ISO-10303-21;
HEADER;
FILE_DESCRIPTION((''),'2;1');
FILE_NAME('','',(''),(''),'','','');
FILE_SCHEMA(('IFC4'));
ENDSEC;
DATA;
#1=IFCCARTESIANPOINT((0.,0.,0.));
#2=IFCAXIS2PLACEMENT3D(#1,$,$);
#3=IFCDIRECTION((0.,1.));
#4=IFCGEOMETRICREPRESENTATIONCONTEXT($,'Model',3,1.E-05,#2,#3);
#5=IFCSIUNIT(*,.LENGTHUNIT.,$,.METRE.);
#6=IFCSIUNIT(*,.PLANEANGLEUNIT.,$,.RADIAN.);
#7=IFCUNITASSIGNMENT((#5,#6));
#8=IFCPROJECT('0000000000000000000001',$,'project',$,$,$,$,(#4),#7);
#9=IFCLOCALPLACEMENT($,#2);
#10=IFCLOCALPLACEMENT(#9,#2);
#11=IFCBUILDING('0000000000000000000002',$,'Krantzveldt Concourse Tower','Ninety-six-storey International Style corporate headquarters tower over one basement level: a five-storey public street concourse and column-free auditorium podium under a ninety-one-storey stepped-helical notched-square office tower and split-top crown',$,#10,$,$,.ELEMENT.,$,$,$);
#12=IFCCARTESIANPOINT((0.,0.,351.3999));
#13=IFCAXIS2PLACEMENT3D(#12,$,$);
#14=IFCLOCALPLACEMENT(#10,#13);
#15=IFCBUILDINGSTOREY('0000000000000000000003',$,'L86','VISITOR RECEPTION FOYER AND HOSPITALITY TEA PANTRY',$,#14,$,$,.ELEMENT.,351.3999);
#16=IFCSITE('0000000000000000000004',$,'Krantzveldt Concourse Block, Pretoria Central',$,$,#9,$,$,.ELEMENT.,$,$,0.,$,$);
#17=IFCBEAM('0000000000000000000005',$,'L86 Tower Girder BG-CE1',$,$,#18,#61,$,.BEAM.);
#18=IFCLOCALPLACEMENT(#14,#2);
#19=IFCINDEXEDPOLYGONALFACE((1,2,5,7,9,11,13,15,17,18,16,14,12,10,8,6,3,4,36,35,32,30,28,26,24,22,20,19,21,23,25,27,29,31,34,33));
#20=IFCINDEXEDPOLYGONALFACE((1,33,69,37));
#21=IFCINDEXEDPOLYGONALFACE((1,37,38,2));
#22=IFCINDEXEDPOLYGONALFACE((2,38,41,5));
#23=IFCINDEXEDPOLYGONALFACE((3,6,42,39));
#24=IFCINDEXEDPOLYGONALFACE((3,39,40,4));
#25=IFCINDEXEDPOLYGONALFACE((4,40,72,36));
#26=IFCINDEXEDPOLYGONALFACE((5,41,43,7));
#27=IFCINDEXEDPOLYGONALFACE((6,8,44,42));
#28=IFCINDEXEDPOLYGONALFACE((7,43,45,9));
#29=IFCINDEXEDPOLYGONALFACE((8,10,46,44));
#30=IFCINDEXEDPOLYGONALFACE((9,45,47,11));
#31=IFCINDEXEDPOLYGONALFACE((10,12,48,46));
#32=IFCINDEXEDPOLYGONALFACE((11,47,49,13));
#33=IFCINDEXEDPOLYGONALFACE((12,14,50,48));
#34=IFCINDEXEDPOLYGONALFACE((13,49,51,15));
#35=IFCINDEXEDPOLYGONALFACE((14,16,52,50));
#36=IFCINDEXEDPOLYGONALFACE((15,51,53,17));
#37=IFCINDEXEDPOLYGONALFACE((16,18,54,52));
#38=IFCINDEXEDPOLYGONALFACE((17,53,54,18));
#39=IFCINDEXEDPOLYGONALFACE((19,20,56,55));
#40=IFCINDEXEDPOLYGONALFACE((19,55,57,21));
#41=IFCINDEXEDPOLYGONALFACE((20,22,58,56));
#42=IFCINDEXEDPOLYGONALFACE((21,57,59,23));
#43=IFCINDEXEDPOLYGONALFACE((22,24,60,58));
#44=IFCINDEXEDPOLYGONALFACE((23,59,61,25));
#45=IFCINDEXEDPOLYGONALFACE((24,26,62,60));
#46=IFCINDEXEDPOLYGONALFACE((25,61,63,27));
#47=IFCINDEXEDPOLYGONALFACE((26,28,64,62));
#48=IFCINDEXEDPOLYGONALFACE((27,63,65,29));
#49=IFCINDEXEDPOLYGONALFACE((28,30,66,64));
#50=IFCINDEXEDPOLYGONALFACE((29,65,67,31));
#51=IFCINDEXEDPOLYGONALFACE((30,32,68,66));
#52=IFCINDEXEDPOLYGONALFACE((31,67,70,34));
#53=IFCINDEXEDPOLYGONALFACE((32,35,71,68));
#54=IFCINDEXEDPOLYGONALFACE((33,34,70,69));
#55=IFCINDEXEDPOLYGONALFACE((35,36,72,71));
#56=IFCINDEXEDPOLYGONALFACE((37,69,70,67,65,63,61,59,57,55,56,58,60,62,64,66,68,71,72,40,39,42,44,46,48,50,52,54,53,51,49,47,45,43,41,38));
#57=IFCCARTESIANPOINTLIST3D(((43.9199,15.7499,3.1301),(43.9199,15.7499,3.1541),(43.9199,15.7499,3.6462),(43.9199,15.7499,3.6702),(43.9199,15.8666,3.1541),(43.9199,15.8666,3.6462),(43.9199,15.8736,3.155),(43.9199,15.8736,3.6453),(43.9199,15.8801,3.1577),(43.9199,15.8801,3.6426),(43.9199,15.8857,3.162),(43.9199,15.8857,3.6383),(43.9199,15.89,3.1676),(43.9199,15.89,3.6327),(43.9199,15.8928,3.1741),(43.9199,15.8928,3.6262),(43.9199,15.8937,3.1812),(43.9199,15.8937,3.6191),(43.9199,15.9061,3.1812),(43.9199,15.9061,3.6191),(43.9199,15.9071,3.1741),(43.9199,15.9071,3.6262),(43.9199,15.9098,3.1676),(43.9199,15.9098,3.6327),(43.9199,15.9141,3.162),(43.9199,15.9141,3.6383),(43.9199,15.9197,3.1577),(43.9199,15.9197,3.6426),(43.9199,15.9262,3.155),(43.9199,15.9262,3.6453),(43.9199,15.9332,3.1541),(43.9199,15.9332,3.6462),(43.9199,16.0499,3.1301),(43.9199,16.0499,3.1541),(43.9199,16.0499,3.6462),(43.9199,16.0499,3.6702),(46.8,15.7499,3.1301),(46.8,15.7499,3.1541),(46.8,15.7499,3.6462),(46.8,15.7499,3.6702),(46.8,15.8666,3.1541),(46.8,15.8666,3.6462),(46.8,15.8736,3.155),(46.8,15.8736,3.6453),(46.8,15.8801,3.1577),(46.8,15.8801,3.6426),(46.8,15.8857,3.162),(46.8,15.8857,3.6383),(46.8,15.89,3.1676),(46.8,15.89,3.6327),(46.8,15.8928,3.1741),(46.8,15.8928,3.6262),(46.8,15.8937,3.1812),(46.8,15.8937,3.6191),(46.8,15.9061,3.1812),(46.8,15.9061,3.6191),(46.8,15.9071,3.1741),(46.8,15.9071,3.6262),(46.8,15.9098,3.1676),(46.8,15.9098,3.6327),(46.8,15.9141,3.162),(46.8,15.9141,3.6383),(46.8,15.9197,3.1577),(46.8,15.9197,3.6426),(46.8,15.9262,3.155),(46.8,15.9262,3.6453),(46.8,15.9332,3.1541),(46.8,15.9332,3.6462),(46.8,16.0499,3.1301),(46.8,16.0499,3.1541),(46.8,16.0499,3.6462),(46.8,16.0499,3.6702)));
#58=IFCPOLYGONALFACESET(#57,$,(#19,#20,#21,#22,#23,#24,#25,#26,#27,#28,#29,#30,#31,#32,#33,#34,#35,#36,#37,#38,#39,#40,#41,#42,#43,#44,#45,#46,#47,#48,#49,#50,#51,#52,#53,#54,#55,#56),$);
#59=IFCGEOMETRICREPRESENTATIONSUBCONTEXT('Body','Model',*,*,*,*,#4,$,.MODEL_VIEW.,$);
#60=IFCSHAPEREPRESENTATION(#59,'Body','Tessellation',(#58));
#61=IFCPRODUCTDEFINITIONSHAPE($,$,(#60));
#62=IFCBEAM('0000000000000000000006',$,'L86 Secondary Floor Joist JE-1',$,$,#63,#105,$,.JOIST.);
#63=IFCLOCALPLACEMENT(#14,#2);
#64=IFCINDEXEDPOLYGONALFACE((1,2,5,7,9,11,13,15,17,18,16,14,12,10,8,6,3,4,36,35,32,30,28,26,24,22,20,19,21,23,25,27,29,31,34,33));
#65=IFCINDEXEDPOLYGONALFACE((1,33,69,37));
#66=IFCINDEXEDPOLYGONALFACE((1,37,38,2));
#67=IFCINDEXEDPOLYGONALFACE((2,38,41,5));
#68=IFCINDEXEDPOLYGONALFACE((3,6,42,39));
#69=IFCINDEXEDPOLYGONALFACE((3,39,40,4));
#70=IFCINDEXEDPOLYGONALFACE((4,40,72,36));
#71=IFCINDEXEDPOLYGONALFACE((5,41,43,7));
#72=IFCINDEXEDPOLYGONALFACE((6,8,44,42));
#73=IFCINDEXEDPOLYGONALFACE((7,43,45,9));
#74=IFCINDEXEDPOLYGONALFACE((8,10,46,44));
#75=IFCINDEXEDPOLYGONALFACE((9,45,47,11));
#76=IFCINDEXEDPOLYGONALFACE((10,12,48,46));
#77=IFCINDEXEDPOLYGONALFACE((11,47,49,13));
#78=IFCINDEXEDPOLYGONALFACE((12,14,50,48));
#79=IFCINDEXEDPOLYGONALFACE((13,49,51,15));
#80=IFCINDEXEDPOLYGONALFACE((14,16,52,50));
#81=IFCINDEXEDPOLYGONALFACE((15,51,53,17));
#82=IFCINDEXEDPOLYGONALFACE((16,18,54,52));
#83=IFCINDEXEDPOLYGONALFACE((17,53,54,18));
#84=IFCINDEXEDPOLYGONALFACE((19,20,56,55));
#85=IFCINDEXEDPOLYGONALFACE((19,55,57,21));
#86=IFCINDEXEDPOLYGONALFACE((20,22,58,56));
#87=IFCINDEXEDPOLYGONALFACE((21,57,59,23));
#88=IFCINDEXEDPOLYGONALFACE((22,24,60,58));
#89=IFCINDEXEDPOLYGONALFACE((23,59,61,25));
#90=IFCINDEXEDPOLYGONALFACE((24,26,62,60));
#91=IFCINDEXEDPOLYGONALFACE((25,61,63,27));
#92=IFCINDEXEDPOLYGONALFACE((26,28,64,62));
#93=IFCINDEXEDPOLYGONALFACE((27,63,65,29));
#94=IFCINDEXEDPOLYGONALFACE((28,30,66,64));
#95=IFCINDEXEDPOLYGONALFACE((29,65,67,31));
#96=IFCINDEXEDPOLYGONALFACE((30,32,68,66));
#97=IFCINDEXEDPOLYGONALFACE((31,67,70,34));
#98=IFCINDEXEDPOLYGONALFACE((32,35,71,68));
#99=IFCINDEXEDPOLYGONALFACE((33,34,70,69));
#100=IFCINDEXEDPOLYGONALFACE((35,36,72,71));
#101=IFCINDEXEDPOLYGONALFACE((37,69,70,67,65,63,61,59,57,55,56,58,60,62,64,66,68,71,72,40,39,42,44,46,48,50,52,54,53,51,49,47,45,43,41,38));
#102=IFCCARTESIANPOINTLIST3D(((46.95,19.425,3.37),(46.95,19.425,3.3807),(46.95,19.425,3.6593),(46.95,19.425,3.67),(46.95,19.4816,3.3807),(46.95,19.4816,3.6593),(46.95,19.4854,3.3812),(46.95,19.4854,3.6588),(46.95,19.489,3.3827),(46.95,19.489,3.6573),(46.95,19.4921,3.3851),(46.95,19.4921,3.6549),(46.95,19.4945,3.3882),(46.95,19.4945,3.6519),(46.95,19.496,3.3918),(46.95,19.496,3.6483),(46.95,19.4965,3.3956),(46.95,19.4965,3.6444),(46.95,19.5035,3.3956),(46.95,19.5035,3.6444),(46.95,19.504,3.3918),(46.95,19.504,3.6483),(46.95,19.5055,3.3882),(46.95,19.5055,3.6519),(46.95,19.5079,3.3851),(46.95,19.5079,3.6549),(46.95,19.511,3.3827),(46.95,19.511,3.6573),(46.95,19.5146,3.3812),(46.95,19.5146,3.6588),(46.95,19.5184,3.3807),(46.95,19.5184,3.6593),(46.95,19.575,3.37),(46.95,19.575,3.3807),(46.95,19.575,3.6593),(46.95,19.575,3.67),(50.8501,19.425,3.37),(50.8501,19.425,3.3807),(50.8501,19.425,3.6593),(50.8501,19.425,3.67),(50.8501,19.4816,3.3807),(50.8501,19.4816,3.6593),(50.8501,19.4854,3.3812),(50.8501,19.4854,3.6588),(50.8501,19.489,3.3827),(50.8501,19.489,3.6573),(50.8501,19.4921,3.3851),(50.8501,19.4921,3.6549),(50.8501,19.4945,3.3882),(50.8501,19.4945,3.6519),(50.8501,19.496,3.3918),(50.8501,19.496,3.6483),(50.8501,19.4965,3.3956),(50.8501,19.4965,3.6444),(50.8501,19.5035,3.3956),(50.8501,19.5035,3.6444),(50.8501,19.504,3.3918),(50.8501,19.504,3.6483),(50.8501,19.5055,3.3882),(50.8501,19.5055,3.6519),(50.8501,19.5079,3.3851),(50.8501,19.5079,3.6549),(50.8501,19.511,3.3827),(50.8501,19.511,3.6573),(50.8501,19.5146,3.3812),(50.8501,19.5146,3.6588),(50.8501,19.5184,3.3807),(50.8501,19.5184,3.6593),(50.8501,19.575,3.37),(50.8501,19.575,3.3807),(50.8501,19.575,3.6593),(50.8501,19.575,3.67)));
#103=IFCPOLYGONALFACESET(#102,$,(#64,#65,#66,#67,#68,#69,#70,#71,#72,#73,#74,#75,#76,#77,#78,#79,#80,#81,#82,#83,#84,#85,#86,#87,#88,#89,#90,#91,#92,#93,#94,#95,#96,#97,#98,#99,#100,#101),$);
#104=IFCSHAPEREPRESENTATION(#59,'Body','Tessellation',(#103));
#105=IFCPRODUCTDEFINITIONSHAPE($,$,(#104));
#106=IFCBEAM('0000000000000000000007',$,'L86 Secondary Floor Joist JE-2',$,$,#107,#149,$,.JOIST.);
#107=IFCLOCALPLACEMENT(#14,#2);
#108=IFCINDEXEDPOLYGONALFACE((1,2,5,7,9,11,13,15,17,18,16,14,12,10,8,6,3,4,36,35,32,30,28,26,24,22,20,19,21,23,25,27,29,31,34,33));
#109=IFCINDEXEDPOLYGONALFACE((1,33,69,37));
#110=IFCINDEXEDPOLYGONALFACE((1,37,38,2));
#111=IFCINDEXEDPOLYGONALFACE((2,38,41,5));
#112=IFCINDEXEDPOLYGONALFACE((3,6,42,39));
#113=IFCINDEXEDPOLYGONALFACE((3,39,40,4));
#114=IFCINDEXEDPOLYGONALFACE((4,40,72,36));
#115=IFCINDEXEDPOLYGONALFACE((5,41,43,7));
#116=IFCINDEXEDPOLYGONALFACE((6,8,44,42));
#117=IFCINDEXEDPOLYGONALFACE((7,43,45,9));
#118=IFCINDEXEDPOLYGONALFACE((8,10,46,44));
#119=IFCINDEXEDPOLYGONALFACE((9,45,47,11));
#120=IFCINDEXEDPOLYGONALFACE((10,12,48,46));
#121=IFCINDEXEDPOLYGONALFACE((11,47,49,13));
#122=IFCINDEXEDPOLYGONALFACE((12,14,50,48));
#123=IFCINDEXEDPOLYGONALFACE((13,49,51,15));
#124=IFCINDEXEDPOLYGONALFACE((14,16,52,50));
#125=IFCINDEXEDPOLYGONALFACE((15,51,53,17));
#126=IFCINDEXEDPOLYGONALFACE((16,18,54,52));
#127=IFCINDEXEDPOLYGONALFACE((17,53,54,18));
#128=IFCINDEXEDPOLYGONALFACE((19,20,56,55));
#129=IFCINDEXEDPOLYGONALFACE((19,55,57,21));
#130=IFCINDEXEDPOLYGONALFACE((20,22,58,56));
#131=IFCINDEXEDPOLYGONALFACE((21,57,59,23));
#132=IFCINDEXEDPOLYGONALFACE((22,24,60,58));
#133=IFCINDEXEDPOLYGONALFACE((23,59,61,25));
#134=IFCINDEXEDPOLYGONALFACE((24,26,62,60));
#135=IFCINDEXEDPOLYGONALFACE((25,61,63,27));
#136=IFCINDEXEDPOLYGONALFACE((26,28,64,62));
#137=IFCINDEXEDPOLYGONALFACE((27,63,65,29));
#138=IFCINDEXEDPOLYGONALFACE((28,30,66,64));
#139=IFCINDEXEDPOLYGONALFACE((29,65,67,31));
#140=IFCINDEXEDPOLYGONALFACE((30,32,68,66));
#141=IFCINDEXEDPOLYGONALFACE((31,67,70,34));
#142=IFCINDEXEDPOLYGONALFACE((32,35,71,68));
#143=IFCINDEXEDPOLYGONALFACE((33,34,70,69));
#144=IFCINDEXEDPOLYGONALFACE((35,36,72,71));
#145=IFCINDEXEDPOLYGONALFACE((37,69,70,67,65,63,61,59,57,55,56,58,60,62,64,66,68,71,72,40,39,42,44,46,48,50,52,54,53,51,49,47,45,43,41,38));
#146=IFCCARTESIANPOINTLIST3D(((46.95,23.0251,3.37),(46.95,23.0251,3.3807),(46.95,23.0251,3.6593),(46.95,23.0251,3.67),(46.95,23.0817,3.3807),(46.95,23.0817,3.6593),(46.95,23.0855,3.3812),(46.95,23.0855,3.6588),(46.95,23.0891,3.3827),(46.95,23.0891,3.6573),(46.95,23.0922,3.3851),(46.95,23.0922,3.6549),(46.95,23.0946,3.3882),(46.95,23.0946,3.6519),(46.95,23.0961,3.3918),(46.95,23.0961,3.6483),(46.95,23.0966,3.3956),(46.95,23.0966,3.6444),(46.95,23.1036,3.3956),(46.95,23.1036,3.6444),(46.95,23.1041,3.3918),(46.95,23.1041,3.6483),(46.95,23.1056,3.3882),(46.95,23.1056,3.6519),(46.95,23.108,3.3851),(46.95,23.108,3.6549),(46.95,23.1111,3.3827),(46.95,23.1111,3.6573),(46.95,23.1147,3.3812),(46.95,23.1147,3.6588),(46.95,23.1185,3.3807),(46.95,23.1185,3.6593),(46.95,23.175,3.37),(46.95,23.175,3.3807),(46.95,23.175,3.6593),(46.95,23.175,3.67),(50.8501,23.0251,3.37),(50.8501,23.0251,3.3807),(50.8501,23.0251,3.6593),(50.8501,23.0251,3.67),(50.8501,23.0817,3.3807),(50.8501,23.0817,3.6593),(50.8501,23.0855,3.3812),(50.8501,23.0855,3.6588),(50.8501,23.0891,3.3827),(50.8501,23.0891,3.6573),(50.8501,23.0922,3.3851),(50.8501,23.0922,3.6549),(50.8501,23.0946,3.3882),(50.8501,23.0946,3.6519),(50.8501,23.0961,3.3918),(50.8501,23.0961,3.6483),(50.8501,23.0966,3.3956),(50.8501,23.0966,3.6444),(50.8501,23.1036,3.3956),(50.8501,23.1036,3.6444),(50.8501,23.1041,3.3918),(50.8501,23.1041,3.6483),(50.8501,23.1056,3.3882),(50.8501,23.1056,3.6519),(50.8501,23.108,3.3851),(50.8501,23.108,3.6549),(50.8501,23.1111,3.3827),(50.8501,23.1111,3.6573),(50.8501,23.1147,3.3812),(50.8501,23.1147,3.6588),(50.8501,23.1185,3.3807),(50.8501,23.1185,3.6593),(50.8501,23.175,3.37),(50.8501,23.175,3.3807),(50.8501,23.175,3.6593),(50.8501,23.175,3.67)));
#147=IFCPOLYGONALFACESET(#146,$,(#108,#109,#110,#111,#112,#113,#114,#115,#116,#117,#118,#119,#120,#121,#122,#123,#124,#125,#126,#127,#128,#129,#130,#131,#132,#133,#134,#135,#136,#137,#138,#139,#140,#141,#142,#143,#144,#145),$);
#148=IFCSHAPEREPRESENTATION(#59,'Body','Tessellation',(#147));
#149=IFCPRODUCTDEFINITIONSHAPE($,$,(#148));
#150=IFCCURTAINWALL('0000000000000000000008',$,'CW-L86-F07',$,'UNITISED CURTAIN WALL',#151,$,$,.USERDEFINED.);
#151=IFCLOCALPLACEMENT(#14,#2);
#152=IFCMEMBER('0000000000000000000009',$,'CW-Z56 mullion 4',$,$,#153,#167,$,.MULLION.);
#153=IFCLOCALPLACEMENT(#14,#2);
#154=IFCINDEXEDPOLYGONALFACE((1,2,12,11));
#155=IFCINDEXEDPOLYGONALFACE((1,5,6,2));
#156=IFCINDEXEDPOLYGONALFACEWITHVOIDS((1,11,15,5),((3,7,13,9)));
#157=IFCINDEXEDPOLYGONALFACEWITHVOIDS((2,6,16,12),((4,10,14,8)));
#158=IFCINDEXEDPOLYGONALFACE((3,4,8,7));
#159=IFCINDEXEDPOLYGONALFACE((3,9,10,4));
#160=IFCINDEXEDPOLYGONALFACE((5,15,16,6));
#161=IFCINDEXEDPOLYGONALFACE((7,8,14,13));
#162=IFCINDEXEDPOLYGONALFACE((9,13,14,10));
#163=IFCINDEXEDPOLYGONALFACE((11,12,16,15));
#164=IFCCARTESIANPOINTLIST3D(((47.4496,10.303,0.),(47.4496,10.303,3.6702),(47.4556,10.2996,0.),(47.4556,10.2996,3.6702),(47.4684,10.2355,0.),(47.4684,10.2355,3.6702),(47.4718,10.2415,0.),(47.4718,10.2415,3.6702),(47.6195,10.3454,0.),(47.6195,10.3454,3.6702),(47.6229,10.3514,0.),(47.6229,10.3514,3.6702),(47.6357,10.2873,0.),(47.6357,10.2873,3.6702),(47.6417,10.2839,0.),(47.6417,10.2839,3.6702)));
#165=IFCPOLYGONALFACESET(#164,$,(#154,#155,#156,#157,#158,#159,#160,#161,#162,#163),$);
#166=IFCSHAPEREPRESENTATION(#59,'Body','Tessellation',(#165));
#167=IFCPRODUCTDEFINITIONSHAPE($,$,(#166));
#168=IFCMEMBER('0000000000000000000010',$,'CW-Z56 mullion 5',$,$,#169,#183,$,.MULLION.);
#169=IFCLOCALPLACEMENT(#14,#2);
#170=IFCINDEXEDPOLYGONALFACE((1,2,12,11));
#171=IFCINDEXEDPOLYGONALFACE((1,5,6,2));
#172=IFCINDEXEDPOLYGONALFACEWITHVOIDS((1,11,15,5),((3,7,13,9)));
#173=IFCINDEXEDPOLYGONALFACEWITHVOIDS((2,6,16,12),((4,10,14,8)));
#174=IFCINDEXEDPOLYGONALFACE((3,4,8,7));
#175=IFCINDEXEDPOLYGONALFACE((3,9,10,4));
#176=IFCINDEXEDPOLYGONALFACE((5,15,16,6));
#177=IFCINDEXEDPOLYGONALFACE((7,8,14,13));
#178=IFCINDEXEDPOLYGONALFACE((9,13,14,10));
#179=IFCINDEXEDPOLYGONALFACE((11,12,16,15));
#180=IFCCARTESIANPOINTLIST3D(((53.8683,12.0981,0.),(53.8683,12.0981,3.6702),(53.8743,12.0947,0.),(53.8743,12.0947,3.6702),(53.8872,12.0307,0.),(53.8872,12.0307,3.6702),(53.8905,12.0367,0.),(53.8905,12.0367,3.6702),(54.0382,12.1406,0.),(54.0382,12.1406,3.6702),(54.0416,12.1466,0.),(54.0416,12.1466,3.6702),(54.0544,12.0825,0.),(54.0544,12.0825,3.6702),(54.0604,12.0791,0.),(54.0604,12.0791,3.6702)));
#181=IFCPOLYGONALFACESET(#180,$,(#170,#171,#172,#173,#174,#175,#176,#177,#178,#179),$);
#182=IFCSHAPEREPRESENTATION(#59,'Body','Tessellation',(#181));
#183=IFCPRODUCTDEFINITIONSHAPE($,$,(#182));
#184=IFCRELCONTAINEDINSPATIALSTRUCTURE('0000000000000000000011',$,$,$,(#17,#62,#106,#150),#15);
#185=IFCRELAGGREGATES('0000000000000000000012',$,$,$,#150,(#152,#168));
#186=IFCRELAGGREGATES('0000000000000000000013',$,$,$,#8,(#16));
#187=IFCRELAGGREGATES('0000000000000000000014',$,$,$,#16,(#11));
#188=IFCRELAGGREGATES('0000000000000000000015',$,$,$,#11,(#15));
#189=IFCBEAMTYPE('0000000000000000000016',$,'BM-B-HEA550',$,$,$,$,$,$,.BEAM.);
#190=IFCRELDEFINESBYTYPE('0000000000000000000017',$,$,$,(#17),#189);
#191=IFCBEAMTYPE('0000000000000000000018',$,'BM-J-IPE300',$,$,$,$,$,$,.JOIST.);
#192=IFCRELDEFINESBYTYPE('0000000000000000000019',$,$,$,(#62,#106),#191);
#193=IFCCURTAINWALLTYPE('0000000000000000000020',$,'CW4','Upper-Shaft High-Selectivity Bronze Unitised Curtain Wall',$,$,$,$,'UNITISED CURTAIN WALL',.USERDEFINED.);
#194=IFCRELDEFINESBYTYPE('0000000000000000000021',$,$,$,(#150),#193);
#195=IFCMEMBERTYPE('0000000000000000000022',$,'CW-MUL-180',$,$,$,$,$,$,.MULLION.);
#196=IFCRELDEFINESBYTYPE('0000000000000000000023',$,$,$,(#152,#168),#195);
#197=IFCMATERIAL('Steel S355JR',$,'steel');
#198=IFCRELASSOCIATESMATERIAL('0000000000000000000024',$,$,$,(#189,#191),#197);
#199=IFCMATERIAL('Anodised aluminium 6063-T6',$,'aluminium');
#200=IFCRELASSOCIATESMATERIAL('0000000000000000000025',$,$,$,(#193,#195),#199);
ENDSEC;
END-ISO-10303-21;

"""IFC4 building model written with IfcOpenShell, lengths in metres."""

from ifc_helpers import new_model, si_unit, direction, frame, origin, origin_2d, place, context, subcontext, project, spatial, hollow_rectangle, i_section, extrude, source, transform, mapped, material, material_profile, profile_set, type_object, type_shapes, element, aggregate, save


model = new_model("IFC4")

# Units and contexts
model_context = context("Model", 3, precision=1e-05, world=origin(), true_north=direction((0.0, 1.0)))
body_context = subcontext(model_context, "Body", "Model", "MODEL_VIEW")
ifc_project = project(units=[si_unit("LENGTHUNIT", "METRE"), si_unit("PLANEANGLEUNIT", "RADIAN")], contexts=[model_context])

# Site, building, storey
site_placement = place(None, origin())
site = spatial("IfcSite", under=ifc_project, at=site_placement, Name="Krantzveldt Concourse Block, Pretoria Central", CompositionType="ELEMENT", RefElevation=0.0)
building_placement = place(site_placement, origin())
building = spatial("IfcBuilding", under=site, at=building_placement, Name="Krantzveldt Concourse Tower", Description="Ninety-six-storey International Style corporate headquarters tower over one basement level: a five-storey public street concourse and column-free auditorium podium under a ninety-one-storey stepped-helical notched-square office tower and split-top crown", CompositionType="ELEMENT")
storey_placement = place(building_placement, frame((0.0, 0.0, 351.3999)))
storey = spatial("IfcBuildingStorey", under=building, at=storey_placement, Name="L86", Description="VISITOR RECEPTION FOYER AND HOSPITALITY TEA PANTRY", CompositionType="ELEMENT", Elevation=351.3999)

# Beams
ifc_material_1 = material(Name="Steel S355JR", Category="steel")
ifc_material_profile_1 = material_profile(ifc_material_1, i_section(OverallWidth=0.3, OverallDepth=0.54, WebThickness=0.0125, FlangeThickness=0.0239, FilletRadius=0.0271, at=origin_2d()), Name="Steel S355JR", Category="steel")
ifc_profile_set_1 = profile_set([ifc_material_profile_1], Name="Steel S355JR - HEA 550")
beam_type_1 = type_object("IfcBeamType", Name="BM-B-HEA550", PredefinedType="BEAM", material=ifc_profile_set_1)
shared_shape_1 = source(origin(), body_context, "Body", "SweptSolid", [
    extrude(i_section(OverallWidth=0.3, OverallDepth=0.54, WebThickness=0.0125, FlangeThickness=0.0239, FilletRadius=0.0271, at=origin_2d()), origin(), (0.0, 0.0, 1.0), 2.8801),
])
beam_1_placement = place(storey_placement, frame((43.9199, 15.8999, 3.4001), z_axis=(1.0, 0.0, 0.0), x_axis=(0.0, 1.0, 0.0)))
element("IfcBeam", 1, at=beam_1_placement, inside=storey, type_object=beam_type_1, Name="L86 Tower Girder BG-CE1", PredefinedType="BEAM", context=body_context, shape_type="MappedRepresentation", body=[
    mapped(shared_shape_1, transform((0.0, 0.0, 0.0), x_axis=(1.0, 0.0, 0.0), y_axis=(0.0, 1.0, 0.0), z_axis=(0.0, 0.0, 1.0), scale=1.0)),
])
ifc_material_profile_2 = material_profile(ifc_material_1, i_section(OverallWidth=0.1499, OverallDepth=0.3, WebThickness=0.0071, FlangeThickness=0.0107, FilletRadius=0.0149, at=origin_2d()), Name="Steel S355JR", Category="steel")
ifc_profile_set_2 = profile_set([ifc_material_profile_2], Name="Steel S355JR - IPE 300")
beam_type_2 = type_object("IfcBeamType", Name="BM-J-IPE300", PredefinedType="JOIST", material=ifc_profile_set_2)
shared_shape_2 = source(origin(), body_context, "Body", "SweptSolid", [
    extrude(i_section(OverallWidth=0.1499, OverallDepth=0.3, WebThickness=0.0071, FlangeThickness=0.0107, FilletRadius=0.0149, at=origin_2d()), origin(), (0.0, 0.0, 1.0), 3.9001),
])
type_shapes(beam_type_2, [shared_shape_2])
for number, where, z_axis, x_axis, name in (
    (2, (46.95, 19.5, 3.52), (1.0, 0.0, 0.0), (0.0, 1.0, 0.0), "L86 Secondary Floor Joist JE-1"),
    (3, (46.95, 23.1001, 3.52), (1.0, 0.0, 0.0), (0.0, 1.0, 0.0), "L86 Secondary Floor Joist JE-2"),
):
    element("IfcBeam", number, at=place(storey_placement, frame(where, z_axis=z_axis, x_axis=x_axis)), inside=storey, type_object=beam_type_2, Name=name, PredefinedType="JOIST", context=body_context, shape_type="MappedRepresentation", body=[
        mapped(shared_shape_2, transform((0.0, 0.0, 0.0), x_axis=(1.0, 0.0, 0.0), y_axis=(0.0, 1.0, 0.0), z_axis=(0.0, 0.0, 1.0), scale=1.0)),
    ])

# Curtain wall, members
ifc_material_2 = material(Name="Anodised aluminium 6063-T6", Category="aluminium")
curtain_wall_type = type_object("IfcCurtainWallType", Name="CW4", Description="Upper-Shaft High-Selectivity Bronze Unitised Curtain Wall", ElementType="UNITISED CURTAIN WALL", PredefinedType="USERDEFINED", material=ifc_material_2)
curtain_wall_1_placement = place(storey_placement, origin())
curtain_wall_1 = element("IfcCurtainWall", 4, at=curtain_wall_1_placement, inside=storey, type_object=curtain_wall_type, Name="CW-L86-F07", ObjectType="UNITISED CURTAIN WALL", PredefinedType="USERDEFINED")
ifc_material_profile_3 = material_profile(ifc_material_2, hollow_rectangle(XDim=0.0701, YDim=0.1799, WallThickness=0.0049, at=origin_2d()), Name="Anodised aluminium 6063-T6", Category="aluminium")
ifc_profile_set_3 = profile_set([ifc_material_profile_3], Name="Anodised aluminium 6063-T6 - ALU-MULL 180x70x5")
member_type_1 = type_object("IfcMemberType", Name="CW-MUL-180", PredefinedType="MULLION", material=ifc_profile_set_3)
shared_shape_3 = source(origin(), body_context, "Body", "SweptSolid", [
    extrude(hollow_rectangle(XDim=0.0701, YDim=0.1799, WallThickness=0.0049, at=origin_2d()), origin(), (0.0, 0.0, 1.0), 3.6702),
])
type_shapes(member_type_1, [shared_shape_3])
member_1_placement = place(storey_placement, frame((47.5457, 10.2935, 0.0), z_axis=(0.0, 0.0, 1.0), x_axis=(-0.26934, 0.963045, 0.0)))
member_1 = element("IfcMember", 5, at=member_1_placement, type_object=member_type_1, Name="CW-Z56 mullion 4", PredefinedType="MULLION", context=body_context, shape_type="MappedRepresentation", body=[
    mapped(shared_shape_3, transform((0.0, 0.0, 0.0), x_axis=(1.0, 0.0, 0.0), y_axis=(0.0, 1.0, 0.0), z_axis=(0.0, 0.0, 1.0), scale=1.0)),
])
member_2_placement = place(storey_placement, frame((53.9644, 12.0886, 0.0), z_axis=(0.0, 0.0, 1.0), x_axis=(-0.26934, 0.963045, 0.0)))
member_2 = element("IfcMember", 6, at=member_2_placement, type_object=member_type_1, Name="CW-Z56 mullion 5", PredefinedType="MULLION", context=body_context, shape_type="MappedRepresentation", body=[
    mapped(shared_shape_3, transform((0.0, 0.0, 0.0), x_axis=(1.0, 0.0, 0.0), y_axis=(0.0, 1.0, 0.0), z_axis=(0.0, 0.0, 1.0), scale=1.0)),
])

aggregate(curtain_wall_1, [member_1, member_2])

save(model, "model.ifc")
